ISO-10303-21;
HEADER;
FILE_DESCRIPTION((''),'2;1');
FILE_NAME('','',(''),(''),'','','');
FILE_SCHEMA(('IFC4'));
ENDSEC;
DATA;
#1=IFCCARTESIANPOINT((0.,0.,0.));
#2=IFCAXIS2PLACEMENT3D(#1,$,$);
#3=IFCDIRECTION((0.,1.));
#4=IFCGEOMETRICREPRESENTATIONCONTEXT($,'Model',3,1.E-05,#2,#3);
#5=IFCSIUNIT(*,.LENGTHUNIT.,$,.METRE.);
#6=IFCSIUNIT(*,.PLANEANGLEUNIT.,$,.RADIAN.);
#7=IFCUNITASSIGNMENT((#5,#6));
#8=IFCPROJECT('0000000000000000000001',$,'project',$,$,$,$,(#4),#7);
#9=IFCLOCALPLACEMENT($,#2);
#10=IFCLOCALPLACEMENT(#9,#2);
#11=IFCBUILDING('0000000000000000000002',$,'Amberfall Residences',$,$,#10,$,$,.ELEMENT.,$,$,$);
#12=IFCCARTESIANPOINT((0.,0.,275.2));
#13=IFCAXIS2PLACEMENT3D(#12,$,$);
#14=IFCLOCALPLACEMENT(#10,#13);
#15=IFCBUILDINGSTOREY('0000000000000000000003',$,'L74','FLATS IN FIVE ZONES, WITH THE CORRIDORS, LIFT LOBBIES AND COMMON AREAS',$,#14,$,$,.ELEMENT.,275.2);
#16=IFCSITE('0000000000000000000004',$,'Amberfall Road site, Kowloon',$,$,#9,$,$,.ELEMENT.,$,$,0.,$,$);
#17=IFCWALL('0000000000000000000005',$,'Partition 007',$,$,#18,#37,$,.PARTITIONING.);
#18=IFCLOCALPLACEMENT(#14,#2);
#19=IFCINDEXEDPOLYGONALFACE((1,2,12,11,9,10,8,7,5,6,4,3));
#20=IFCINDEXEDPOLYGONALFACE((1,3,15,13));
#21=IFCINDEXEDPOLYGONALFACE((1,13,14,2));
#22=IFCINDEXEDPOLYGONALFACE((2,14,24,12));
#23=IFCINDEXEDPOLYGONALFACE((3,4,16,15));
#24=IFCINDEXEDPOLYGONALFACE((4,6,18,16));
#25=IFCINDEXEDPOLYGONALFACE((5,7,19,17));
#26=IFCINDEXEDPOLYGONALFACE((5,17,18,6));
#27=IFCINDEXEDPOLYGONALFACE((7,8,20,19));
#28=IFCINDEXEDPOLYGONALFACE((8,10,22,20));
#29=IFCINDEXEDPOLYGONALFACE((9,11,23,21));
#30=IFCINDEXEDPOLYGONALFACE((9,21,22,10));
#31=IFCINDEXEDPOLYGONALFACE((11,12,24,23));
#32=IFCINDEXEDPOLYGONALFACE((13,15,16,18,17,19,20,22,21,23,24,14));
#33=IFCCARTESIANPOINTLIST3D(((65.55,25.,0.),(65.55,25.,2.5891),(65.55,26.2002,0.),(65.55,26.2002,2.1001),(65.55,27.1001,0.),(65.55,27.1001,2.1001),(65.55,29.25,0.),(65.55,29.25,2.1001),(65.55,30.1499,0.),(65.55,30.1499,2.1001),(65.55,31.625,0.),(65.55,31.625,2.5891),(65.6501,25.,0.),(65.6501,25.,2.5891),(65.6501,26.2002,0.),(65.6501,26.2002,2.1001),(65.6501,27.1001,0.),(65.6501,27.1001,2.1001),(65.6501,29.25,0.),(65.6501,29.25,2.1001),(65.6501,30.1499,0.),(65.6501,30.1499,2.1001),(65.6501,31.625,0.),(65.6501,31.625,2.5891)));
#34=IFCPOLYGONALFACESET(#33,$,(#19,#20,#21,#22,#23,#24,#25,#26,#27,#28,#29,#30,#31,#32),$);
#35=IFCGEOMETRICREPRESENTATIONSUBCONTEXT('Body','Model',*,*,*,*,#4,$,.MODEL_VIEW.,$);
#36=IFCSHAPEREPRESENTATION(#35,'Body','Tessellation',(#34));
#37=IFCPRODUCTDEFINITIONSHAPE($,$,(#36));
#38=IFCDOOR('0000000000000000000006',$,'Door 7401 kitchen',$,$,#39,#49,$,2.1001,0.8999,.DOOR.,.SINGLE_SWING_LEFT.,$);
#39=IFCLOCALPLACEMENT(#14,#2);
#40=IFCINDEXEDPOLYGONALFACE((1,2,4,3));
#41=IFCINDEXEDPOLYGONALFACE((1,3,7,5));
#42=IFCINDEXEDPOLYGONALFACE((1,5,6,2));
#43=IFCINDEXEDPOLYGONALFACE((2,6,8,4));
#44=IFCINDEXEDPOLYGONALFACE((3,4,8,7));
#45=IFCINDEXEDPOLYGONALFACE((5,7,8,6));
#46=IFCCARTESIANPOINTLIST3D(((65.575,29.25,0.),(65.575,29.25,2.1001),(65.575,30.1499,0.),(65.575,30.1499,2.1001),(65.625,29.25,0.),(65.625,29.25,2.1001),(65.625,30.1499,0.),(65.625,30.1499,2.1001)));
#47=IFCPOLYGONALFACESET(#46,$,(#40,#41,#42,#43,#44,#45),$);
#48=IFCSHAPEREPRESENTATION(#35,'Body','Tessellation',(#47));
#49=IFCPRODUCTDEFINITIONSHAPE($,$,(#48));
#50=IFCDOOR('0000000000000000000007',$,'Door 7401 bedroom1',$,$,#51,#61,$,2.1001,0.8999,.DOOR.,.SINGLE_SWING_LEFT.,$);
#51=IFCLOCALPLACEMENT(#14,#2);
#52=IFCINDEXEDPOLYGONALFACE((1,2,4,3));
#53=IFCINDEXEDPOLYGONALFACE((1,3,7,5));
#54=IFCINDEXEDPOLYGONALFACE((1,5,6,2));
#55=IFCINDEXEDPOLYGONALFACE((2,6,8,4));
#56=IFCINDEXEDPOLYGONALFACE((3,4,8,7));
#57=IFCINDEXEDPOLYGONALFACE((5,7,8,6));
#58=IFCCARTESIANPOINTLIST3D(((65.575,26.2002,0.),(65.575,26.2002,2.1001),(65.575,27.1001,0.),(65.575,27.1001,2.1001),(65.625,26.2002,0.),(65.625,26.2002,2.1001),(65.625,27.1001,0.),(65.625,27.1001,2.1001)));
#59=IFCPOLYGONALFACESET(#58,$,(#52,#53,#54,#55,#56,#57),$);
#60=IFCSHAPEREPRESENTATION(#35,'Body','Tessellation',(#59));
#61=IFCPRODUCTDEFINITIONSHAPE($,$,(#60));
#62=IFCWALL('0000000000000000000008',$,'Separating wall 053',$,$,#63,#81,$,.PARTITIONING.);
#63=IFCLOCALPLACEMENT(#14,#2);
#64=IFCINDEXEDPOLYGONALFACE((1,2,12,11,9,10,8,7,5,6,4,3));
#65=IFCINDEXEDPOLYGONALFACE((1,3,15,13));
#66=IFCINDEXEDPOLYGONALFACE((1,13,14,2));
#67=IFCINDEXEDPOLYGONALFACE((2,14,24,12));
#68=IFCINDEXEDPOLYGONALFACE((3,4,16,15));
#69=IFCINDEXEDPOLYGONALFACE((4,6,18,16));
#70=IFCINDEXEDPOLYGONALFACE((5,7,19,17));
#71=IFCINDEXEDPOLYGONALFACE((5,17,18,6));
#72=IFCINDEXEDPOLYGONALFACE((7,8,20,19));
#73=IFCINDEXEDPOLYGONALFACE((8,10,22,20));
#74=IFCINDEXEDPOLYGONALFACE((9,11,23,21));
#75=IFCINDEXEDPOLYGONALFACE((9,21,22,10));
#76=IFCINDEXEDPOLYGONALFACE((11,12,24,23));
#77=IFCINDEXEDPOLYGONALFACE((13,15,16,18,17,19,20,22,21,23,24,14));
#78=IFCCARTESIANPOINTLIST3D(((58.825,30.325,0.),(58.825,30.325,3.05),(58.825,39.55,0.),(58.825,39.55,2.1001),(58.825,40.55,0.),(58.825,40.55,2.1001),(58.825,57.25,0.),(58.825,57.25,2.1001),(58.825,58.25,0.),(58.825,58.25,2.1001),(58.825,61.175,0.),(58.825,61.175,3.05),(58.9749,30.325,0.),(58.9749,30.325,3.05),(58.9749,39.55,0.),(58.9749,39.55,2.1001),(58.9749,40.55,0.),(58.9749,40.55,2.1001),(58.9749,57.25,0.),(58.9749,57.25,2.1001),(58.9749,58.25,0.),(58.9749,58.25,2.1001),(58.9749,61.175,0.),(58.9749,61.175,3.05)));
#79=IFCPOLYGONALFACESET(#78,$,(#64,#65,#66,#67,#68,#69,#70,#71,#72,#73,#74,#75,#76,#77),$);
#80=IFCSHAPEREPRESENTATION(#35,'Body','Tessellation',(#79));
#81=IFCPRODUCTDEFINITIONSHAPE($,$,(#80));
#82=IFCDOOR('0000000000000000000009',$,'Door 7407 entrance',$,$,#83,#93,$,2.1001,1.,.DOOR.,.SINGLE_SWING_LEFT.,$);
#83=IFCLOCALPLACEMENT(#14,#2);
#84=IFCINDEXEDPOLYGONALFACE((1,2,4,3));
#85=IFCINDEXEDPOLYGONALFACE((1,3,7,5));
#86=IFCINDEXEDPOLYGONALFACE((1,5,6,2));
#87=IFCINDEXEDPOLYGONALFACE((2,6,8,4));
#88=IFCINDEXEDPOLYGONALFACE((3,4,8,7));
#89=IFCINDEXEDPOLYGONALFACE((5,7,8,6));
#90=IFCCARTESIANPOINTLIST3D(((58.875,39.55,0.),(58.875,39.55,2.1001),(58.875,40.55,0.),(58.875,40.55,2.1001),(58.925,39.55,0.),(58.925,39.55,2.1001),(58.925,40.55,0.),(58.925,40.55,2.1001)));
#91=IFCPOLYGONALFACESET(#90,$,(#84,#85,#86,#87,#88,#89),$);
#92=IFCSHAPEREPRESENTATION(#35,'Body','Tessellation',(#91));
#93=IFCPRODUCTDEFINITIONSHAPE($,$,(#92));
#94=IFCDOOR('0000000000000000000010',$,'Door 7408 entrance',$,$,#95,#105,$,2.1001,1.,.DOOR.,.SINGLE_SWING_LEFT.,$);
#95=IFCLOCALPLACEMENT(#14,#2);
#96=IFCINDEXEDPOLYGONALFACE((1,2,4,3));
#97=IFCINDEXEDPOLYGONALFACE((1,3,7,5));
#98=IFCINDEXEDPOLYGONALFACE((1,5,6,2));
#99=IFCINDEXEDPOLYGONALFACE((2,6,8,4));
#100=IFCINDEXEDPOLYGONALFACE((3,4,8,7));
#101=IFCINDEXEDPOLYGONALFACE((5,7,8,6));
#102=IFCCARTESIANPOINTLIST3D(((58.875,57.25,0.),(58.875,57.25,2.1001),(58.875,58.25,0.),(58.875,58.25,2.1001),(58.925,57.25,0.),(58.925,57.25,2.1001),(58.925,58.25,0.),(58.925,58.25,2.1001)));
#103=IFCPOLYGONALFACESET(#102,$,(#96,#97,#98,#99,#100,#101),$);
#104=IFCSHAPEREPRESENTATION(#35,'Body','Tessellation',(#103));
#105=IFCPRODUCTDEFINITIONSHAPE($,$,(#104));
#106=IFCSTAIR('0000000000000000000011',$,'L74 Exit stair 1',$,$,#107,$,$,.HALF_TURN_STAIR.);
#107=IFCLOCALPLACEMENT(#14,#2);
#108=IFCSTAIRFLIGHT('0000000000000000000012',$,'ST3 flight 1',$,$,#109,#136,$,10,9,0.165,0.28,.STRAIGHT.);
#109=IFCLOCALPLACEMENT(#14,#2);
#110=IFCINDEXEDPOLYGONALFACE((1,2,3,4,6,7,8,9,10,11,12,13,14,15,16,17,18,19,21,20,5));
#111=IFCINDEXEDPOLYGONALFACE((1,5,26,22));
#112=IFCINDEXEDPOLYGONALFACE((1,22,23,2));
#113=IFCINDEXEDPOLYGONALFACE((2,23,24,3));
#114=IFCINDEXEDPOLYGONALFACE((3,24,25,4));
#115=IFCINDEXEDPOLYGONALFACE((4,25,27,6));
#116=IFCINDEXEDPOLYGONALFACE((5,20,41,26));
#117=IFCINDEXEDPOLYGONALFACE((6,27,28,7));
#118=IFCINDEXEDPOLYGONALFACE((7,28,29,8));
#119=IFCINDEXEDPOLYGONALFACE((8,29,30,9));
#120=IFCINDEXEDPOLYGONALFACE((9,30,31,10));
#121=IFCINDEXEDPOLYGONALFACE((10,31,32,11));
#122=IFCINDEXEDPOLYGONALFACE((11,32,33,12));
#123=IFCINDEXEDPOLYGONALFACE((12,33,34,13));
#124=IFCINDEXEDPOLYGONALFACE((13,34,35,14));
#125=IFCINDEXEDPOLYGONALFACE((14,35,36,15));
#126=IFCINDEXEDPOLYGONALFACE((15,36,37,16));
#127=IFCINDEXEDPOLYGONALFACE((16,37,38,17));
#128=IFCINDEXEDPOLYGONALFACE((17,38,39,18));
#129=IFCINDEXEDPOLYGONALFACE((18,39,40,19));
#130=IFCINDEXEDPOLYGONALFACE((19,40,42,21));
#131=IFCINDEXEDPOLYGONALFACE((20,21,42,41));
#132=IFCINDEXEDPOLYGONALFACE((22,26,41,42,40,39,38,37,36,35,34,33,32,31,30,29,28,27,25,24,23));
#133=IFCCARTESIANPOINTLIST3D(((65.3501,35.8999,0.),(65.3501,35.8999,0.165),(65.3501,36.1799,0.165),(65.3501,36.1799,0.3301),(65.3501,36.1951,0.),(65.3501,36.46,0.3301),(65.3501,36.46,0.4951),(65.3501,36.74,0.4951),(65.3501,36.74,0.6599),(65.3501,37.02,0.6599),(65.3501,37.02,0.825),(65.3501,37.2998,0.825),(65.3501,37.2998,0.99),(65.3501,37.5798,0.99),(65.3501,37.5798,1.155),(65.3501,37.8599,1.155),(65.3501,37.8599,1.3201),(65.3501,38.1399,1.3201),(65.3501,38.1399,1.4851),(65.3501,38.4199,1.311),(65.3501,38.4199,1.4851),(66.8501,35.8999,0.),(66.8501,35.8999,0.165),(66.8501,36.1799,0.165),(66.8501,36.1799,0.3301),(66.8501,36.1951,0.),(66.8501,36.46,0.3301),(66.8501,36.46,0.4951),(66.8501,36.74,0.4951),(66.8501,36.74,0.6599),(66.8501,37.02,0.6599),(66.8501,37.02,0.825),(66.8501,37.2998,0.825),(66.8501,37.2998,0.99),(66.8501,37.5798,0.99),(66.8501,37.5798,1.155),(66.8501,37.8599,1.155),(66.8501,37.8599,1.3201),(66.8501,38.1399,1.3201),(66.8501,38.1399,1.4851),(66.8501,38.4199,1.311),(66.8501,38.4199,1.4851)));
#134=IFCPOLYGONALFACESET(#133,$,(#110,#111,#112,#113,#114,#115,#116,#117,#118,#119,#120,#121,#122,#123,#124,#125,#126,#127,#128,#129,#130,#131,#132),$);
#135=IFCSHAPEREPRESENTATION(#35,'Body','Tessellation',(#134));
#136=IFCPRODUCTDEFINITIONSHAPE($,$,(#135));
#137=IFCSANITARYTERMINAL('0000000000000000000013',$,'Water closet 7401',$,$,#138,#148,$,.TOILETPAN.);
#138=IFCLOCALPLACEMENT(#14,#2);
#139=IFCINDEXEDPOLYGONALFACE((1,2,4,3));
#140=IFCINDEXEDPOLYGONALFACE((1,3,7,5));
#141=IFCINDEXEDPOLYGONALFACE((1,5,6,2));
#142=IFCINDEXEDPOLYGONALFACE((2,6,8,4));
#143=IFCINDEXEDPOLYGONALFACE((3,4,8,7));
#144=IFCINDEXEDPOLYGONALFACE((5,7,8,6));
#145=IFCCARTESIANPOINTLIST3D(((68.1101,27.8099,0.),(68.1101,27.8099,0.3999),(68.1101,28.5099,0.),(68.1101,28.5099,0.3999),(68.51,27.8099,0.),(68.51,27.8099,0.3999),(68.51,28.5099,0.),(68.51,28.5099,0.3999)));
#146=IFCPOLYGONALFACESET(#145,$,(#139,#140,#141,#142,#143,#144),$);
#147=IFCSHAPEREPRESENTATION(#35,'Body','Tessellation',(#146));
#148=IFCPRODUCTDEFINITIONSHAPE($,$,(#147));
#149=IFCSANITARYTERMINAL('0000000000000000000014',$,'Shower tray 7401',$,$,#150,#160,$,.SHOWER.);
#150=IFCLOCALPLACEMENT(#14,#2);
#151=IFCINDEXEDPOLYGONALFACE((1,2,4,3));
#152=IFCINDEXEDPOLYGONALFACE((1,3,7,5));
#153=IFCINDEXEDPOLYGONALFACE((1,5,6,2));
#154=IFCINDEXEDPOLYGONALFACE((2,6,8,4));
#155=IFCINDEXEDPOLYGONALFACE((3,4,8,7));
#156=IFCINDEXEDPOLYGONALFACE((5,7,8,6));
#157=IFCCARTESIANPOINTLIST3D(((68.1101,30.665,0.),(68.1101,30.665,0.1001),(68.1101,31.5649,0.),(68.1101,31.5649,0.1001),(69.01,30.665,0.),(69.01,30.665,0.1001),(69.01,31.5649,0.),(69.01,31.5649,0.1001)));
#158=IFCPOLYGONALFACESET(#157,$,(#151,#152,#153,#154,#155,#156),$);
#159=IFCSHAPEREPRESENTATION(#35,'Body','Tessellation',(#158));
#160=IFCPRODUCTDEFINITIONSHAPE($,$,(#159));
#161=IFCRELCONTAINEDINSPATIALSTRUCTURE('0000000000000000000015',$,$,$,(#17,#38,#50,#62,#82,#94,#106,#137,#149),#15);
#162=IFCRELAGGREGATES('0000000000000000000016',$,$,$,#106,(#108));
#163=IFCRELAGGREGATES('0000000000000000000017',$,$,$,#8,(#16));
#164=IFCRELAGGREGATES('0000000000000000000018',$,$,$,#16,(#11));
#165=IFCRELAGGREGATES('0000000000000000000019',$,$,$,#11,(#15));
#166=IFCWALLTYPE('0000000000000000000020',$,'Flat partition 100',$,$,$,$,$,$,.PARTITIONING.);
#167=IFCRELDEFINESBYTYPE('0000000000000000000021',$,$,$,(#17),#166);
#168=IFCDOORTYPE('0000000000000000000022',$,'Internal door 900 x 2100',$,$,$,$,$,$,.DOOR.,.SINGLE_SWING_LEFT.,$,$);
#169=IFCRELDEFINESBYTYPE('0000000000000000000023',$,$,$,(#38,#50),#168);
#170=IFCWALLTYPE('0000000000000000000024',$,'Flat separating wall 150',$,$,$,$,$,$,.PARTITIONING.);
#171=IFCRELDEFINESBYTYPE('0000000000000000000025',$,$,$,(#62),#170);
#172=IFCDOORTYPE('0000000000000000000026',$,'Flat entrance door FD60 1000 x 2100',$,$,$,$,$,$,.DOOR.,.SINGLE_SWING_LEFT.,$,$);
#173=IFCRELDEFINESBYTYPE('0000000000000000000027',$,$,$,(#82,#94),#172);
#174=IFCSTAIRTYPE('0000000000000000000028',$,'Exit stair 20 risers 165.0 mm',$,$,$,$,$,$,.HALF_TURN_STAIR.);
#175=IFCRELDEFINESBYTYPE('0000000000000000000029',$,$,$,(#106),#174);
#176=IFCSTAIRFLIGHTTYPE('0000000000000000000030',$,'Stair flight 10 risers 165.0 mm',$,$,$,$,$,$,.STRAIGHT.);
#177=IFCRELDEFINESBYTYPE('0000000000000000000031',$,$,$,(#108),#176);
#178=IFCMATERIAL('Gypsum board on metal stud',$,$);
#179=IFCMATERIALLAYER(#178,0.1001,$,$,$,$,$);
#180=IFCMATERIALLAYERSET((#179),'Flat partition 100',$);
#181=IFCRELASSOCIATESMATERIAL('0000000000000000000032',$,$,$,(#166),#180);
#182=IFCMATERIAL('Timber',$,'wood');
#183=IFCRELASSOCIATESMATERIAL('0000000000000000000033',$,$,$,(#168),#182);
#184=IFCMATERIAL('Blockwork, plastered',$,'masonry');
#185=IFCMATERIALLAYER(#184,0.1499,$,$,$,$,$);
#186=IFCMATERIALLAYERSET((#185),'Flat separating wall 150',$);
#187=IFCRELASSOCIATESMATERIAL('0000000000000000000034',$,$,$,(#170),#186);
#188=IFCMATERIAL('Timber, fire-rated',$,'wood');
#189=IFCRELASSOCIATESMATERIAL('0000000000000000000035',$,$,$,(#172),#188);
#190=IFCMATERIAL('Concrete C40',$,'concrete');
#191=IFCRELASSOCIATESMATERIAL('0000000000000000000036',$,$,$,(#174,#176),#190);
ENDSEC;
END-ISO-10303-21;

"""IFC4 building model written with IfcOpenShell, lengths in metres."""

from ifc_helpers import new_model, si_unit, direction, frame, frame_2d, origin, origin_2d, place, context, subcontext, project, spatial, polyline, rectangle, outline, extrude, material, layer, layer_set, type_object, element, fill, aggregate, save


model = new_model("IFC4")

# Units and contexts
model_context = context("Model", 3, precision=1e-05, world=origin(), true_north=direction((0.0, 1.0)))
body_context = subcontext(model_context, "Body", "Model", "MODEL_VIEW")
ifc_project = project(units=[si_unit("LENGTHUNIT", "METRE"), si_unit("PLANEANGLEUNIT", "RADIAN")], contexts=[model_context])

# Site, building, storey
site_placement = place(None, origin())
site = spatial("IfcSite", under=ifc_project, at=site_placement, Name="Amberfall Road site, Kowloon", CompositionType="ELEMENT", RefElevation=0.0)
building_placement = place(site_placement, origin())
building = spatial("IfcBuilding", under=site, at=building_placement, Name="Amberfall Residences", CompositionType="ELEMENT")
storey_placement = place(building_placement, frame((0.0, 0.0, 275.2)))
storey = spatial("IfcBuildingStorey", under=building, at=storey_placement, Name="L74", Description="FLATS IN FIVE ZONES, WITH THE CORRIDORS, LIFT LOBBIES AND COMMON AREAS", CompositionType="ELEMENT", Elevation=275.2)

# Walls, openings, doors
ifc_material_1 = material(Name="Gypsum board on metal stud")
ifc_layer_1 = layer(ifc_material_1, 0.1001)
ifc_layer_set_1 = layer_set([ifc_layer_1], Name="Flat partition 100")
wall_type_1 = type_object("IfcWallType", Name="Flat partition 100", PredefinedType="PARTITIONING", material=ifc_layer_set_1)
wall_1_placement = place(storey_placement, frame((65.6001, 31.625, 0.0), z_axis=(0.0, 0.0, 1.0), x_axis=(0.0, -1.0, 0.0)))
wall_1 = element("IfcWall", 1, at=wall_1_placement, inside=storey, type_object=wall_type_1, Name="Partition 007", PredefinedType="PARTITIONING", context=body_context, shape_type="SweptSolid", body=[
    extrude(rectangle(XDim=6.625, YDim=0.1001, at=frame_2d((3.3125, 0.0))), origin(), (0.0, 0.0, 1.0), 2.5891),
])
opening_1_placement = place(wall_1_placement, frame((1.4751, 0.0, 0.0)))
opening_1 = element("IfcOpeningElement", 2, at=opening_1_placement, cuts=wall_1, PredefinedType="OPENING", context=body_context, shape_type="SweptSolid", body=[
    extrude(rectangle(XDim=0.8999, YDim=2.1001, at=frame_2d((0.45, 1.05))), frame((0.0, 0.0601, 0.0), z_axis=(0.0, -1.0, 0.0), x_axis=(1.0, 0.0, 0.0)), (0.0, 0.0, 1.0), 0.1201),
])
opening_2_placement = place(wall_1_placement, frame((4.5249, 0.0, 0.0)))
opening_2 = element("IfcOpeningElement", 3, at=opening_2_placement, cuts=wall_1, PredefinedType="OPENING", context=body_context, shape_type="SweptSolid", body=[
    extrude(rectangle(XDim=0.8999, YDim=2.1001, at=frame_2d((0.45, 1.05))), frame((0.0, 0.0601, 0.0), z_axis=(0.0, -1.0, 0.0), x_axis=(1.0, 0.0, 0.0)), (0.0, 0.0, 1.0), 0.1201),
])
ifc_material_2 = material(Name="Timber", Category="wood")
door_type_1 = type_object("IfcDoorType", Name="Internal door 900 x 2100", OperationType="SINGLE_SWING_LEFT", PredefinedType="DOOR", material=ifc_material_2)
door_1_placement = place(opening_1_placement, origin())
door_1 = element("IfcDoor", 4, at=door_1_placement, inside=storey, type_object=door_type_1, Name="Door 7401 kitchen", OperationType="SINGLE_SWING_LEFT", OverallHeight=2.1001, OverallWidth=0.8999, PredefinedType="DOOR", context=body_context, shape_type="SweptSolid", body=[
    extrude(rectangle(XDim=0.8999, YDim=2.1001, at=frame_2d((0.45, 1.05))), frame((0.0, 0.0249, 0.0), z_axis=(0.0, -1.0, 0.0), x_axis=(1.0, 0.0, 0.0)), (0.0, 0.0, 1.0), 0.05),
])
fill(opening_1, door_1)
door_2_placement = place(opening_2_placement, origin())
door_2 = element("IfcDoor", 5, at=door_2_placement, inside=storey, type_object=door_type_1, Name="Door 7401 bedroom1", OperationType="SINGLE_SWING_LEFT", OverallHeight=2.1001, OverallWidth=0.8999, PredefinedType="DOOR", context=body_context, shape_type="SweptSolid", body=[
    extrude(rectangle(XDim=0.8999, YDim=2.1001, at=frame_2d((0.45, 1.05))), frame((0.0, 0.0249, 0.0), z_axis=(0.0, -1.0, 0.0), x_axis=(1.0, 0.0, 0.0)), (0.0, 0.0, 1.0), 0.05),
])
fill(opening_2, door_2)
ifc_material_3 = material(Name="Blockwork, plastered", Category="masonry")
ifc_layer_2 = layer(ifc_material_3, 0.1499)
ifc_layer_set_2 = layer_set([ifc_layer_2], Name="Flat separating wall 150")
wall_type_2 = type_object("IfcWallType", Name="Flat separating wall 150", PredefinedType="PARTITIONING", material=ifc_layer_set_2)
wall_2_placement = place(storey_placement, frame((58.8999, 30.325, 0.0), z_axis=(0.0, 0.0, 1.0), x_axis=(0.0, 1.0, 0.0)))
wall_2 = element("IfcWall", 6, at=wall_2_placement, inside=storey, type_object=wall_type_2, Name="Separating wall 053", PredefinedType="PARTITIONING", context=body_context, shape_type="SweptSolid", body=[
    extrude(rectangle(XDim=30.8501, YDim=0.1499, at=frame_2d((15.425, 0.0))), origin(), (0.0, 0.0, 1.0), 3.05),
])
opening_3_placement = place(wall_2_placement, frame((9.2251, 0.0, 0.0)))
opening_3 = element("IfcOpeningElement", 7, at=opening_3_placement, cuts=wall_2, PredefinedType="OPENING", context=body_context, shape_type="SweptSolid", body=[
    extrude(rectangle(XDim=1.0, YDim=2.1001, at=frame_2d((0.5, 1.05))), frame((0.0, 0.085, 0.0), z_axis=(0.0, -1.0, 0.0), x_axis=(1.0, 0.0, 0.0)), (0.0, 0.0, 1.0), 0.1699),
])
opening_4_placement = place(wall_2_placement, frame((26.925, 0.0, 0.0)))
opening_4 = element("IfcOpeningElement", 8, at=opening_4_placement, cuts=wall_2, PredefinedType="OPENING", context=body_context, shape_type="SweptSolid", body=[
    extrude(rectangle(XDim=1.0, YDim=2.1001, at=frame_2d((0.5, 1.05))), frame((0.0, 0.085, 0.0), z_axis=(0.0, -1.0, 0.0), x_axis=(1.0, 0.0, 0.0)), (0.0, 0.0, 1.0), 0.1699),
])
ifc_material_4 = material(Name="Timber, fire-rated", Category="wood")
door_type_2 = type_object("IfcDoorType", Name="Flat entrance door FD60 1000 x 2100", OperationType="SINGLE_SWING_LEFT", PredefinedType="DOOR", material=ifc_material_4)
door_3_placement = place(opening_3_placement, origin())
door_3 = element("IfcDoor", 9, at=door_3_placement, inside=storey, type_object=door_type_2, Name="Door 7407 entrance", OperationType="SINGLE_SWING_LEFT", OverallHeight=2.1001, OverallWidth=1.0, PredefinedType="DOOR", context=body_context, shape_type="SweptSolid", body=[
    extrude(rectangle(XDim=1.0, YDim=2.1001, at=frame_2d((0.5, 1.05))), frame((0.0, 0.0249, 0.0), z_axis=(0.0, -1.0, 0.0), x_axis=(1.0, 0.0, 0.0)), (0.0, 0.0, 1.0), 0.05),
])
fill(opening_3, door_3)
door_4_placement = place(opening_4_placement, origin())
door_4 = element("IfcDoor", 10, at=door_4_placement, inside=storey, type_object=door_type_2, Name="Door 7408 entrance", OperationType="SINGLE_SWING_LEFT", OverallHeight=2.1001, OverallWidth=1.0, PredefinedType="DOOR", context=body_context, shape_type="SweptSolid", body=[
    extrude(rectangle(XDim=1.0, YDim=2.1001, at=frame_2d((0.5, 1.05))), frame((0.0, 0.0249, 0.0), z_axis=(0.0, -1.0, 0.0), x_axis=(1.0, 0.0, 0.0)), (0.0, 0.0, 1.0), 0.05),
])
fill(opening_4, door_4)

# Stair, stair flight
ifc_material_5 = material(Name="Concrete C40", Category="concrete")
stair_type = type_object("IfcStairType", Name="Exit stair 20 risers 165.0 mm", PredefinedType="HALF_TURN_STAIR", material=ifc_material_5)
stair_placement = place(storey_placement, origin())
stair = element("IfcStair", 11, at=stair_placement, inside=storey, type_object=stair_type, Name="L74 Exit stair 1", PredefinedType="HALF_TURN_STAIR")
stair_flight_type = type_object("IfcStairFlightType", Name="Stair flight 10 risers 165.0 mm", PredefinedType="STRAIGHT", material=ifc_material_5)
stair_flight_placement = place(storey_placement, frame((66.1001, 35.8999, 0.0), z_axis=(0.0, 0.0, 1.0), x_axis=(0.0, 1.0, 0.0)))
stair_flight = element("IfcStairFlight", 12, at=stair_flight_placement, type_object=stair_flight_type, Name="ST3 flight 1", NumberOfRisers=10, NumberOfTreads=9, PredefinedType="STRAIGHT", RiserHeight=0.165, TreadLength=0.28, context=body_context, shape_type="SweptSolid", body=[
    extrude(outline(polyline([(0.0, 0.0), (0.0, 0.165), (0.28, 0.165), (0.28, 0.3301), (0.5601, 0.3301), (0.5601, 0.4951), (0.8401, 0.4951), (0.8401, 0.6599), (1.1201, 0.6599), (1.1201, 0.825), (1.3999, 0.825), (1.3999, 0.99), (1.6799, 0.99), (1.6799, 1.155), (1.96, 1.155), (1.96, 1.3201), (2.24, 1.3201), (2.24, 1.4851), (2.52, 1.4851), (2.52, 1.6499), (2.52, 1.311), (0.2952, 0.0), (0.0, 0.0)])), frame((0.0, 0.75, 0.0), z_axis=(0.0, -1.0, 0.0), x_axis=(1.0, 0.0, 0.0)), (0.0, 0.0, 1.0), 1.5),
])
aggregate(stair, [stair_flight])

# Sanitary terminals
sanitary_terminal_1_placement = place(storey_placement, frame((68.3101, 28.1599, 0.0), z_axis=(0.0, 0.0, 1.0), x_axis=(1.0, 0.0, 0.0)))
element("IfcSanitaryTerminal", 13, at=sanitary_terminal_1_placement, inside=storey, Name="Water closet 7401", PredefinedType="TOILETPAN", context=body_context, shape_type="SweptSolid", body=[
    extrude(rectangle(XDim=0.3999, YDim=0.7, at=origin_2d()), origin(), (0.0, 0.0, 1.0), 0.3999),
])
sanitary_terminal_2_placement = place(storey_placement, frame((68.5601, 31.115, 0.0), z_axis=(0.0, 0.0, 1.0), x_axis=(1.0, 0.0, 0.0)))
element("IfcSanitaryTerminal", 14, at=sanitary_terminal_2_placement, inside=storey, Name="Shower tray 7401", PredefinedType="SHOWER", context=body_context, shape_type="SweptSolid", body=[
    extrude(rectangle(XDim=0.8999, YDim=0.8999, at=origin_2d()), origin(), (0.0, 0.0, 1.0), 0.1001),
])

save(model, "model.ifc")
